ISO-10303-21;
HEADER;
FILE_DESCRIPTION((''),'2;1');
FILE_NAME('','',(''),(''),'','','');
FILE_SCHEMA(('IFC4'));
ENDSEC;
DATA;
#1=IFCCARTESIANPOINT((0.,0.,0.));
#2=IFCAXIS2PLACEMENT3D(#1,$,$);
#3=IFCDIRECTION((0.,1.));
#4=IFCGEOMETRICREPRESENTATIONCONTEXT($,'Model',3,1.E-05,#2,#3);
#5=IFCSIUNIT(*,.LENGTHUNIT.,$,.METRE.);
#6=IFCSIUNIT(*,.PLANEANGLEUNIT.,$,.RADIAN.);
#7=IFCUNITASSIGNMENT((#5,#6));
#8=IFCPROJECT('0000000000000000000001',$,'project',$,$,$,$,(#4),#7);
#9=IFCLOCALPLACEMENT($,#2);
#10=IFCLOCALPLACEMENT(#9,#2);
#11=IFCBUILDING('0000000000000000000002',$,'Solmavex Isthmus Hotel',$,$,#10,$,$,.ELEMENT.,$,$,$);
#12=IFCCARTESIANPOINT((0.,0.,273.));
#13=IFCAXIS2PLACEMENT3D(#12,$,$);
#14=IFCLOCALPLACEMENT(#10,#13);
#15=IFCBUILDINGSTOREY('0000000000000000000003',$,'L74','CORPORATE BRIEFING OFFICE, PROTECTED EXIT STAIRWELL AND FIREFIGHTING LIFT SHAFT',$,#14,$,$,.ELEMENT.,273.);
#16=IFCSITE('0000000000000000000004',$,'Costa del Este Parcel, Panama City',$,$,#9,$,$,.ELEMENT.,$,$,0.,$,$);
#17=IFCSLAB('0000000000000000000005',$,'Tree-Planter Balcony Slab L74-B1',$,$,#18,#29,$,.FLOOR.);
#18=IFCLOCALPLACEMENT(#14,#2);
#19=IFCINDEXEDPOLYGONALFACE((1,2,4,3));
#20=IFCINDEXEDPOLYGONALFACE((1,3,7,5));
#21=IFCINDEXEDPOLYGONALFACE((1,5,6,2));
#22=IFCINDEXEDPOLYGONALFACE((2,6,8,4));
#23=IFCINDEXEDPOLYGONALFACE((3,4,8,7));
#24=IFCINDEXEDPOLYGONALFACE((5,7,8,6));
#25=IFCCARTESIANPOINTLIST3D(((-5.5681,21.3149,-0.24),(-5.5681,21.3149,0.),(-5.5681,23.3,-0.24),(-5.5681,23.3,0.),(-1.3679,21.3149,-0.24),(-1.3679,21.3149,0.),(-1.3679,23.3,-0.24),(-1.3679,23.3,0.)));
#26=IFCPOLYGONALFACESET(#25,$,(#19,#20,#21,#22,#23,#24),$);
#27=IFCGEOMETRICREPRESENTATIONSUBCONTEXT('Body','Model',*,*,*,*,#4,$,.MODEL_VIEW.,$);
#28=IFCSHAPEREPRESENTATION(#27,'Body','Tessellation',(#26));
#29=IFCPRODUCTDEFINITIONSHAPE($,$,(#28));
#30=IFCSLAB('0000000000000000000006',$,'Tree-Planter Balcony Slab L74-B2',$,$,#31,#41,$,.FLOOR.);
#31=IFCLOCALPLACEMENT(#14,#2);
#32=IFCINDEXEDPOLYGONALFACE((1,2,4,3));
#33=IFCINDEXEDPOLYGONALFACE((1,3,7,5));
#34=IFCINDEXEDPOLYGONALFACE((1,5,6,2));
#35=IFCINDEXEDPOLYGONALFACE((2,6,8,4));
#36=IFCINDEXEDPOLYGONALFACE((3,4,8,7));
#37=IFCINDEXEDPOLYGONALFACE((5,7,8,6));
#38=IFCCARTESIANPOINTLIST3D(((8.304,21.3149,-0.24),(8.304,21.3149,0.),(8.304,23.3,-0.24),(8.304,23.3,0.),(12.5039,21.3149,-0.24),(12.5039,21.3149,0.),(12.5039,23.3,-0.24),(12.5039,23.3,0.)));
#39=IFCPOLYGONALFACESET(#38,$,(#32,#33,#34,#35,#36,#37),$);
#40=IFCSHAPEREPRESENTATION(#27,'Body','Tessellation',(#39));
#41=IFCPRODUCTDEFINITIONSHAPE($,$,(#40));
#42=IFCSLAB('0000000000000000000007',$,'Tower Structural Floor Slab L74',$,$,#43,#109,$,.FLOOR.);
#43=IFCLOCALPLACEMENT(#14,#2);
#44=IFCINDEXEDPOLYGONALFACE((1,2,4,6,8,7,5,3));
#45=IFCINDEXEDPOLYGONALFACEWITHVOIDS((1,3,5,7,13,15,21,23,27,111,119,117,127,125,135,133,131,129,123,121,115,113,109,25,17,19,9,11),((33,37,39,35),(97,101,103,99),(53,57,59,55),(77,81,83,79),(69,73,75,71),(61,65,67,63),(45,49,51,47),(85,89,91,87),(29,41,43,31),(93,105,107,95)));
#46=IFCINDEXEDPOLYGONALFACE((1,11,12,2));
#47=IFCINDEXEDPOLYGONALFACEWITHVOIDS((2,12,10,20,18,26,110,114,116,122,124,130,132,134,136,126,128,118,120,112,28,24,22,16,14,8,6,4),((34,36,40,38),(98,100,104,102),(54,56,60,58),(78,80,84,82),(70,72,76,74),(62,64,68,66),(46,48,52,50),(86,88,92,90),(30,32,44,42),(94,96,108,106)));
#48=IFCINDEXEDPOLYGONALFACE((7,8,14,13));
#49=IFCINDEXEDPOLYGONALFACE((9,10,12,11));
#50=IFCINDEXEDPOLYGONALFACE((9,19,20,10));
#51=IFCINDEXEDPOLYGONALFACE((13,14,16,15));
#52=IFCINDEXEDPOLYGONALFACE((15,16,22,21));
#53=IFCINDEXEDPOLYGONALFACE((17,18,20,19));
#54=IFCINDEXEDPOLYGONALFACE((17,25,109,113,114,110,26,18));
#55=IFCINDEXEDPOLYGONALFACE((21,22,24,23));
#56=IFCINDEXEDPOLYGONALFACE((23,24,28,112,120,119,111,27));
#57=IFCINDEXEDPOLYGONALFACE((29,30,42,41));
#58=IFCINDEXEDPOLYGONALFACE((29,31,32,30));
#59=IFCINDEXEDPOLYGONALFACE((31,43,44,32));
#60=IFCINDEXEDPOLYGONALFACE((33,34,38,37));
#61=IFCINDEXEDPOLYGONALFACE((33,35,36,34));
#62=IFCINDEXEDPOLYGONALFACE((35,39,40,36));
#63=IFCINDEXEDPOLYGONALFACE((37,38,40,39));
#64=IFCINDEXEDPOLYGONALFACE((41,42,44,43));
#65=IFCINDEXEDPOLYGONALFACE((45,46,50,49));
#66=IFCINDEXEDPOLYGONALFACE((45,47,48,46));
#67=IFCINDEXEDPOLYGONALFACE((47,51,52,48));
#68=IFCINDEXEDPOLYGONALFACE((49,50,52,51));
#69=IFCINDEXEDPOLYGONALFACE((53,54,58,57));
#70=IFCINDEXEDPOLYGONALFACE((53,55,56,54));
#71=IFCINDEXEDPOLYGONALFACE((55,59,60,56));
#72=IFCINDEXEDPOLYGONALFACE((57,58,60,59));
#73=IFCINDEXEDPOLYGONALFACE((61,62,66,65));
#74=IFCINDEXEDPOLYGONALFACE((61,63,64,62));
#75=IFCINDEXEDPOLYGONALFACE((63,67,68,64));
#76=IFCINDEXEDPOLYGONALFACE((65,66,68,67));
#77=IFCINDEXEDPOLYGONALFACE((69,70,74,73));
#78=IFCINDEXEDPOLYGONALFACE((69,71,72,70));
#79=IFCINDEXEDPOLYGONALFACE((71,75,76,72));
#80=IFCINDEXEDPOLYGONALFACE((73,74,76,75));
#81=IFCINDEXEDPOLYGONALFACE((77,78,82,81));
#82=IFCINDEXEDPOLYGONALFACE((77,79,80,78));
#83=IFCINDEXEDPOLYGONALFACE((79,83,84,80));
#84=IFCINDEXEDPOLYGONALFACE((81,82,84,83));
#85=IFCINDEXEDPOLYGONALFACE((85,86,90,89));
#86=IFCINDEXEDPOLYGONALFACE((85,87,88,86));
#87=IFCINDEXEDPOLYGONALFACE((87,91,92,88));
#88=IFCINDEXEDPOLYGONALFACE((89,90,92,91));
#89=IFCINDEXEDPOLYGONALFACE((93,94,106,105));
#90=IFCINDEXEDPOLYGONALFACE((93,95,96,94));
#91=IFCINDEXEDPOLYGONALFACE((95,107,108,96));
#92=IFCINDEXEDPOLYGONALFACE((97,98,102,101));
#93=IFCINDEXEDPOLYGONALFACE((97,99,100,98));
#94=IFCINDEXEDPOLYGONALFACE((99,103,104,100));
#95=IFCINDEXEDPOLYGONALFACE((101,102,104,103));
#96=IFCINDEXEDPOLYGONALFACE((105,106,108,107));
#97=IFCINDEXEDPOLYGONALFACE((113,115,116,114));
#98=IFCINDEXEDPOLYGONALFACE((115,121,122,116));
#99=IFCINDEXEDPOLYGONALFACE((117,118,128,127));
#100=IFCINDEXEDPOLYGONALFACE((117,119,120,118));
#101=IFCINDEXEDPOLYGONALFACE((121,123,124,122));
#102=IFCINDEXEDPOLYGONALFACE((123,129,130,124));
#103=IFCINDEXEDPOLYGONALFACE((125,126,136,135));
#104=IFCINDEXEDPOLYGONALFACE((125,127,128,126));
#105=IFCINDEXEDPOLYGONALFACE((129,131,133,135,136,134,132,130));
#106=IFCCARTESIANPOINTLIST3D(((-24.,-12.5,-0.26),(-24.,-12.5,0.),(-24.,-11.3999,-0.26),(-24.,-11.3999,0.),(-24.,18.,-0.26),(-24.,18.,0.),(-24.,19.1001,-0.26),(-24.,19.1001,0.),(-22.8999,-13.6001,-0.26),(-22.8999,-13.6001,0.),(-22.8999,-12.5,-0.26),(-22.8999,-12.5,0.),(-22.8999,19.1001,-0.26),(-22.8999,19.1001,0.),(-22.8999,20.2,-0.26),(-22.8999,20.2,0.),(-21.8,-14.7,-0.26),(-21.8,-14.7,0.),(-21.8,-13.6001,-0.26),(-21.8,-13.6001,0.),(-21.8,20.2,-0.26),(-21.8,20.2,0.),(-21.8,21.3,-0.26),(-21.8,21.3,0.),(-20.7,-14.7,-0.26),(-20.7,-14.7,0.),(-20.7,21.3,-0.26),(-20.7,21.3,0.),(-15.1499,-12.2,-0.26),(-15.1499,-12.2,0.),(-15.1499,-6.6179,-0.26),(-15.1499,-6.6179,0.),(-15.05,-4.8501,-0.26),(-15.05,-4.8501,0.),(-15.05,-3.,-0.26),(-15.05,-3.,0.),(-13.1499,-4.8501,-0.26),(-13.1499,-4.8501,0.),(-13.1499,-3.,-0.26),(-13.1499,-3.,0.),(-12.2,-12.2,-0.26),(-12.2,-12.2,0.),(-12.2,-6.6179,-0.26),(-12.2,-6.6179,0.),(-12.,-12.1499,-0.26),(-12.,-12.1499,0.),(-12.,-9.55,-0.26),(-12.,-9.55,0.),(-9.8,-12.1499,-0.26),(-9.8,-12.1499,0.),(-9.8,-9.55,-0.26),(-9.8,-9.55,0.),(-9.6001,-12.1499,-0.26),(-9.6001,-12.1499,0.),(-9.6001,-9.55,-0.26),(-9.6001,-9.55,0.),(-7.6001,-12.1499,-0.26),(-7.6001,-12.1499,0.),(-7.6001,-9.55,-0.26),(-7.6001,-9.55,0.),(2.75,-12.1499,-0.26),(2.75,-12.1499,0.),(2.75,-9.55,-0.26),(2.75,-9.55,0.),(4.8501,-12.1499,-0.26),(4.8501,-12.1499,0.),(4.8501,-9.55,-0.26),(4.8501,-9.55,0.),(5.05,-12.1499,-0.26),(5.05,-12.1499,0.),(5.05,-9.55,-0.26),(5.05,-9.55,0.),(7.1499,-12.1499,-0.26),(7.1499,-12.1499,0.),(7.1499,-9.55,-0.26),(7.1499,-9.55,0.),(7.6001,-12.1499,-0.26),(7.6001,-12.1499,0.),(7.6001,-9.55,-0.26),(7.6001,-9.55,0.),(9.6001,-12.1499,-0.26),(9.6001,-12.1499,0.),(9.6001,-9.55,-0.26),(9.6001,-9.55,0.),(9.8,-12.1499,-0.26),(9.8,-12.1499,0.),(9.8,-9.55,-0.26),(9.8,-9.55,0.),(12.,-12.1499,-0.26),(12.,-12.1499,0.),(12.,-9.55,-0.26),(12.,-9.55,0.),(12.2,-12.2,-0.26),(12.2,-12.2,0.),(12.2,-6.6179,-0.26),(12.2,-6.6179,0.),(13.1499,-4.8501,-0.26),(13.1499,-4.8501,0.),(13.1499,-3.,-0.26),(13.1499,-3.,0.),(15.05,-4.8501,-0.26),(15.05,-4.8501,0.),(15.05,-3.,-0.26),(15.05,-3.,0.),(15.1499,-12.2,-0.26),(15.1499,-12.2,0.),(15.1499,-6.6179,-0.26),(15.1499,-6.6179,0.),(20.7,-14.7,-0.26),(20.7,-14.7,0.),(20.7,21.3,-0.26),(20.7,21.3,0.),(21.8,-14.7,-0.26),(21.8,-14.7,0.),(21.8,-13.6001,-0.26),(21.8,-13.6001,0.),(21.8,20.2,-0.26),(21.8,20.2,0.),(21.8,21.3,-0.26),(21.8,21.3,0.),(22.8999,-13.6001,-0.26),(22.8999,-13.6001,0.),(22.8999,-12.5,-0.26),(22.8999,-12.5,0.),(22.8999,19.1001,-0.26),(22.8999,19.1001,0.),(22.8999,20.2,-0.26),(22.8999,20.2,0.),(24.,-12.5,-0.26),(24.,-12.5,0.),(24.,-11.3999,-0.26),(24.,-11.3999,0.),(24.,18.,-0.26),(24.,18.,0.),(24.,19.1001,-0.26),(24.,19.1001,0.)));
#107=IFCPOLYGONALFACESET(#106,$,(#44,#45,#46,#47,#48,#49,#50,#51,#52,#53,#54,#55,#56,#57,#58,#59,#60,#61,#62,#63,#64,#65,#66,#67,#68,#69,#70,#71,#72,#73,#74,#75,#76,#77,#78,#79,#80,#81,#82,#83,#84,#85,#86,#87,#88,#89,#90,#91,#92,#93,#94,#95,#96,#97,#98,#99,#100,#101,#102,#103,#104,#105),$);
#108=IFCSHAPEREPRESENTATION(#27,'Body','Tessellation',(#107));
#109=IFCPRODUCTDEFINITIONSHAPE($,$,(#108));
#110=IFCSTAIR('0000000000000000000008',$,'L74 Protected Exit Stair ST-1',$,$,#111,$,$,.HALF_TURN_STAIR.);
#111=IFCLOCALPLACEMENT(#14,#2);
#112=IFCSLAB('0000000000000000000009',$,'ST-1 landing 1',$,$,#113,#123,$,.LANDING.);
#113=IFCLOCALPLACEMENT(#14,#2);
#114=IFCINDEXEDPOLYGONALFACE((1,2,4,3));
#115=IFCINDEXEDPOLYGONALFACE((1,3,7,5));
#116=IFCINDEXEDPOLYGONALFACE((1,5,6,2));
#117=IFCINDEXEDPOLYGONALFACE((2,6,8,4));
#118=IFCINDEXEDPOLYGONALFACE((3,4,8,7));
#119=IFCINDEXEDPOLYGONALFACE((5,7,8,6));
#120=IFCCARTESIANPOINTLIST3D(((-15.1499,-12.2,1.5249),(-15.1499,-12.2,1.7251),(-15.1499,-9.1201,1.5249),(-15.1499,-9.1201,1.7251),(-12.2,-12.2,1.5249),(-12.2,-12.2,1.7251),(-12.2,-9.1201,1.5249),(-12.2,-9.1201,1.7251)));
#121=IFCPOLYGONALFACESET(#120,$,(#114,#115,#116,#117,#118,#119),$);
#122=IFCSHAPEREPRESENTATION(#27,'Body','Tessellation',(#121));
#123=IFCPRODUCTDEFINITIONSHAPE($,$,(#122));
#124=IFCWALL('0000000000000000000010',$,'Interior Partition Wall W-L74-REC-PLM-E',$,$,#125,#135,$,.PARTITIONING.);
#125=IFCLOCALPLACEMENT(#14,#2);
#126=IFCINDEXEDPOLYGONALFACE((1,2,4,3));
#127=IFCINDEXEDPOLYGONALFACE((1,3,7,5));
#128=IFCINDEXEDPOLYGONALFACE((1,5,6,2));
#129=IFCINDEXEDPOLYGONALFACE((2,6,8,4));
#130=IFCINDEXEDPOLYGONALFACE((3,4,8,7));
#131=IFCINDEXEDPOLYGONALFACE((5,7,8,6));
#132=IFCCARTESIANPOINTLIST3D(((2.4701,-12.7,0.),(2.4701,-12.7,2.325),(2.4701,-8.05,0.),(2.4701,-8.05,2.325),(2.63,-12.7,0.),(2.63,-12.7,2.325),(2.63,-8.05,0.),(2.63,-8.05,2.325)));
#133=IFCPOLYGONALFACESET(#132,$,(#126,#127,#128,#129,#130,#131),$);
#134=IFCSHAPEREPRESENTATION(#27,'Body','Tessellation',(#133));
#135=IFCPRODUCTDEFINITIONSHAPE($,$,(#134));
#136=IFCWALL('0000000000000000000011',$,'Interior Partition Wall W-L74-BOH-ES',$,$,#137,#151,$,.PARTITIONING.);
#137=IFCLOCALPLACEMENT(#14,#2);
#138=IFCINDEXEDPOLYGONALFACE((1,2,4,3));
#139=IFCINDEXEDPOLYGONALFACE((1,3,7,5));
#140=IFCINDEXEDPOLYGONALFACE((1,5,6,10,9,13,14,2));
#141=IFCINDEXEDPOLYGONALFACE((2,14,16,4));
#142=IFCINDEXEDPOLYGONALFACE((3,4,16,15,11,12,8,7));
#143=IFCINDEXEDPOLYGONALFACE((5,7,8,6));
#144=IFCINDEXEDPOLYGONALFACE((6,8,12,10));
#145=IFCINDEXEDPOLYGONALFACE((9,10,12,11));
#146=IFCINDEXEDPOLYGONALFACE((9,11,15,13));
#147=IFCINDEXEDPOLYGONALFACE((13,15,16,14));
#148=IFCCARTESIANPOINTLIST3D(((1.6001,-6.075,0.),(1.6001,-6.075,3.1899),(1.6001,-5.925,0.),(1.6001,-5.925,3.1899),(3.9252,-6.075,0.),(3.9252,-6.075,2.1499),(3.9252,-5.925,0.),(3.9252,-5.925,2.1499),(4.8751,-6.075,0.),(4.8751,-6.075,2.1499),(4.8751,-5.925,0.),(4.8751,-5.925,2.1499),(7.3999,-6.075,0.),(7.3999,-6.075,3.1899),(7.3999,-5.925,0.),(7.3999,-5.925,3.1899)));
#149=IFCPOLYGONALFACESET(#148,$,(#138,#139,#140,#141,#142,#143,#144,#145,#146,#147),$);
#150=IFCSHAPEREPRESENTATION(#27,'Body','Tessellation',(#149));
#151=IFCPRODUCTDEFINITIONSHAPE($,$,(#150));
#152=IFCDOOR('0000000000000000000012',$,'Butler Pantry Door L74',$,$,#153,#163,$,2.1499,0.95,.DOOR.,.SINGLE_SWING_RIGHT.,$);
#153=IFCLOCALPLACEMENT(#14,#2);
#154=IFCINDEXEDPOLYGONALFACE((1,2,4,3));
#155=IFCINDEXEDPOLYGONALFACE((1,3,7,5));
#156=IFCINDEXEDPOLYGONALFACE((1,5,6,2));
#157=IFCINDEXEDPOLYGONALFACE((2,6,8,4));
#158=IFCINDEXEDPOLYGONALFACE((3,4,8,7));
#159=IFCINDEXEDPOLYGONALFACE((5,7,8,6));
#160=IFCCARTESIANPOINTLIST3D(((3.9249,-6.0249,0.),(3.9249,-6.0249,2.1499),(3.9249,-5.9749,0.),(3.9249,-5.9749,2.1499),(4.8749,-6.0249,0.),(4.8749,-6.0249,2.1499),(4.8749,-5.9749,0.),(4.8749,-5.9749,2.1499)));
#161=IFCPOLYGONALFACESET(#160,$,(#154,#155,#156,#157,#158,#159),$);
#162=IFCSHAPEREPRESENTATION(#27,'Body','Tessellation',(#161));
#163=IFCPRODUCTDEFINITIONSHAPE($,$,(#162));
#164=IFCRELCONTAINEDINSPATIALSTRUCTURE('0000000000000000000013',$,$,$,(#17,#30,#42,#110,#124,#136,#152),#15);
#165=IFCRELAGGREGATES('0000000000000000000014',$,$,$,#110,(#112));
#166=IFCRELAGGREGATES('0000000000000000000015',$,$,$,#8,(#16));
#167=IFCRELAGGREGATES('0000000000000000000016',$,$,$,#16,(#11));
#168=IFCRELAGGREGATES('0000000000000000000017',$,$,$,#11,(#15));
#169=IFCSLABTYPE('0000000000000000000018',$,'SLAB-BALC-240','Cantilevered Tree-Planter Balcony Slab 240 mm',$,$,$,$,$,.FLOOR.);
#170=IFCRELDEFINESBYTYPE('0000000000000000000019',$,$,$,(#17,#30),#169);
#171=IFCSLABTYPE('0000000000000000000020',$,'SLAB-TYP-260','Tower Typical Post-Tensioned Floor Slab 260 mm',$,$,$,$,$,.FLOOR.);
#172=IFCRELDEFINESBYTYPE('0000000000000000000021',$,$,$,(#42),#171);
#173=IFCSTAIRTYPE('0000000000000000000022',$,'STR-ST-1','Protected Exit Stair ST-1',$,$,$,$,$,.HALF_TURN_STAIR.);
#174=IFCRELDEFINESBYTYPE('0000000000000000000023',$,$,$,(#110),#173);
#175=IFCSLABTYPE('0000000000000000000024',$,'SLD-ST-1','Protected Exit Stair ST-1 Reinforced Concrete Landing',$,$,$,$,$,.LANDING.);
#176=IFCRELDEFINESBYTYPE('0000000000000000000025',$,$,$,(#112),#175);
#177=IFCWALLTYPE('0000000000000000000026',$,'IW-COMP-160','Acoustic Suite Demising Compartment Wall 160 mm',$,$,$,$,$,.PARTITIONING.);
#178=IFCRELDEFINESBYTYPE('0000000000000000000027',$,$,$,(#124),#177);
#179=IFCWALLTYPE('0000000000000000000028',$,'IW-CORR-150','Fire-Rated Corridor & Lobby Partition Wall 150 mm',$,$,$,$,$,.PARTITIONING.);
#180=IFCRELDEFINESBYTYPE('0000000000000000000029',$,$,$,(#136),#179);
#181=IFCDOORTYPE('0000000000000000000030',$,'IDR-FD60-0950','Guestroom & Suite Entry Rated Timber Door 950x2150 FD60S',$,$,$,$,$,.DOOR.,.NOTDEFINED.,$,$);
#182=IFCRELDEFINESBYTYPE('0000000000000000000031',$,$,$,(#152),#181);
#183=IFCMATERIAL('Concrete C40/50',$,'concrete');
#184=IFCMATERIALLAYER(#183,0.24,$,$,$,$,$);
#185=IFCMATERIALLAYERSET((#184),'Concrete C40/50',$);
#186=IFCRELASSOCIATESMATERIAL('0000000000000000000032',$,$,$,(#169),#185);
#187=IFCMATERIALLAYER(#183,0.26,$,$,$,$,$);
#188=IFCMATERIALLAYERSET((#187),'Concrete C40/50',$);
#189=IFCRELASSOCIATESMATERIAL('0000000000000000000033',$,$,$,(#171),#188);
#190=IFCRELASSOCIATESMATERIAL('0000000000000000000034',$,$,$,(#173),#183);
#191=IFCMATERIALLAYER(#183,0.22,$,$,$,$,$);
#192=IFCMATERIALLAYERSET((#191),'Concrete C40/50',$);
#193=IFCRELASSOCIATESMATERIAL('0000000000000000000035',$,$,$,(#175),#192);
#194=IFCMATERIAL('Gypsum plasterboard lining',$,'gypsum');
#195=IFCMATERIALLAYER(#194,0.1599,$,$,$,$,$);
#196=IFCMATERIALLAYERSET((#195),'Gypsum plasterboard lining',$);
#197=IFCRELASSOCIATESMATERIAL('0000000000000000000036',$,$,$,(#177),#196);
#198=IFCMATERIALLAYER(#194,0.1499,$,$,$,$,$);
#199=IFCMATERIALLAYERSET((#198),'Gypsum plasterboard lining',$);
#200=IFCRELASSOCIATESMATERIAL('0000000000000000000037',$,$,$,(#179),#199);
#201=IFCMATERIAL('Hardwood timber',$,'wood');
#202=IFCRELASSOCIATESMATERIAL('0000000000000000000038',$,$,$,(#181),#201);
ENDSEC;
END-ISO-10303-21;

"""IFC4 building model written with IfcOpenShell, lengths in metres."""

from ifc_helpers import new_model, si_unit, direction, frame, frame_2d, origin, place, context, subcontext, project, spatial, polyline, rectangle, outline, extrude, material, layer, layer_set, type_object, element, fill, aggregate, save


model = new_model("IFC4")

# Units and contexts
model_context = context("Model", 3, precision=1e-05, world=origin(), true_north=direction((0.0, 1.0)))
body_context = subcontext(model_context, "Body", "Model", "MODEL_VIEW")
ifc_project = project(units=[si_unit("LENGTHUNIT", "METRE"), si_unit("PLANEANGLEUNIT", "RADIAN")], contexts=[model_context])

# Site, building, storey
site_placement = place(None, origin())
site = spatial("IfcSite", under=ifc_project, at=site_placement, Name="Costa del Este Parcel, Panama City", CompositionType="ELEMENT", RefElevation=0.0)
building_placement = place(site_placement, origin())
building = spatial("IfcBuilding", under=site, at=building_placement, Name="Solmavex Isthmus Hotel", CompositionType="ELEMENT")
storey_placement = place(building_placement, frame((0.0, 0.0, 273.0)))
storey = spatial("IfcBuildingStorey", under=building, at=storey_placement, Name="L74", Description="CORPORATE BRIEFING OFFICE, PROTECTED EXIT STAIRWELL AND FIREFIGHTING LIFT SHAFT", CompositionType="ELEMENT", Elevation=273.0)

# Slabs
ifc_material_1 = material(Name="Concrete C40/50", Category="concrete")
ifc_layer_1 = layer(ifc_material_1, 0.24)
ifc_layer_set_1 = layer_set([ifc_layer_1], Name="Concrete C40/50")
slab_type_1 = type_object("IfcSlabType", Name="SLAB-BALC-240", Description="Cantilevered Tree-Planter Balcony Slab 240 mm", PredefinedType="FLOOR", material=ifc_layer_set_1)
slab_1_placement = place(storey_placement, frame((0.0, 0.0, -0.24)))
element("IfcSlab", 1, at=slab_1_placement, inside=storey, type_object=slab_type_1, Name="Tree-Planter Balcony Slab L74-B1", PredefinedType="FLOOR", context=body_context, shape_type="SweptSolid", body=[
    extrude(outline(polyline([(-5.5681, 21.3149), (-1.3679, 21.3149), (-1.3679, 23.3), (-5.5681, 23.3), (-5.5681, 21.3149)])), origin(), (0.0, 0.0, 1.0), 0.24),
])
slab_2_placement = place(storey_placement, frame((0.0, 0.0, -0.24)))
element("IfcSlab", 2, at=slab_2_placement, inside=storey, type_object=slab_type_1, Name="Tree-Planter Balcony Slab L74-B2", PredefinedType="FLOOR", context=body_context, shape_type="SweptSolid", body=[
    extrude(outline(polyline([(8.304, 21.3149), (12.5039, 21.3149), (12.5039, 23.3), (8.304, 23.3), (8.304, 21.3149)])), origin(), (0.0, 0.0, 1.0), 0.24),
])
ifc_layer_2 = layer(ifc_material_1, 0.26)
ifc_layer_set_2 = layer_set([ifc_layer_2], Name="Concrete C40/50")
slab_type_2 = type_object("IfcSlabType", Name="SLAB-TYP-260", Description="Tower Typical Post-Tensioned Floor Slab 260 mm", PredefinedType="FLOOR", material=ifc_layer_set_2)
slab_3_placement = place(storey_placement, frame((0.0, 0.0, -0.26)))
element("IfcSlab", 3, at=slab_3_placement, inside=storey, type_object=slab_type_2, Name="Tower Structural Floor Slab L74", PredefinedType="FLOOR", context=body_context, shape_type="SweptSolid", body=[
    extrude(outline(polyline([(-20.7, -14.7), (20.7, -14.7), (21.8, -14.7), (21.8, -13.6001), (22.8999, -13.6001), (22.8999, -12.5), (24.0, -12.5), (24.0, -11.3999), (24.0, 18.0), (24.0, 19.1001), (22.8999, 19.1001), (22.8999, 20.2), (21.8, 20.2), (21.8, 21.3), (20.7, 21.3), (-20.7, 21.3), (-21.8, 21.3), (-21.8, 20.2), (-22.8999, 20.2), (-22.8999, 19.1001), (-24.0, 19.1001), (-24.0, 18.0), (-24.0, -11.3999), (-24.0, -12.5), (-22.8999, -12.5), (-22.8999, -13.6001), (-21.8, -13.6001), (-21.8, -14.7), (-20.7, -14.7)]), holes=[polyline([(-15.1499, -6.6179), (-15.1499, -12.2), (-12.2, -12.2), (-12.2, -6.6179), (-15.1499, -6.6179)]), polyline([(12.2, -6.6179), (12.2, -12.2), (15.1499, -12.2), (15.1499, -6.6179), (12.2, -6.6179)]), polyline([(-12.0, -12.1499), (-9.8, -12.1499), (-9.8, -9.55), (-12.0, -9.55), (-12.0, -12.1499)]), polyline([(9.8, -12.1499), (12.0, -12.1499), (12.0, -9.55), (9.8, -9.55), (9.8, -12.1499)]), polyline([(-9.6001, -12.1499), (-7.6001, -12.1499), (-7.6001, -9.55), (-9.6001, -9.55), (-9.6001, -12.1499)]), polyline([(7.6001, -12.1499), (9.6001, -12.1499), (9.6001, -9.55), (7.6001, -9.55), (7.6001, -12.1499)]), polyline([(2.75, -12.1499), (4.8501, -12.1499), (4.8501, -9.55), (2.75, -9.55), (2.75, -12.1499)]), polyline([(5.05, -12.1499), (7.1499, -12.1499), (7.1499, -9.55), (5.05, -9.55), (5.05, -12.1499)]), polyline([(-15.05, -4.8501), (-13.1499, -4.8501), (-13.1499, -3.0), (-15.05, -3.0), (-15.05, -4.8501)]), polyline([(13.1499, -4.8501), (15.05, -4.8501), (15.05, -3.0), (13.1499, -3.0), (13.1499, -4.8501)])]), origin(), (0.0, 0.0, 1.0), 0.26),
])

# Stair, slab
stair_type = type_object("IfcStairType", Name="STR-ST-1", Description="Protected Exit Stair ST-1", PredefinedType="HALF_TURN_STAIR", material=ifc_material_1)
stair_placement = place(storey_placement, origin())
stair = element("IfcStair", 4, at=stair_placement, inside=storey, type_object=stair_type, Name="L74 Protected Exit Stair ST-1", PredefinedType="HALF_TURN_STAIR")
ifc_layer_3 = layer(ifc_material_1, 0.22)
ifc_layer_set_3 = layer_set([ifc_layer_3], Name="Concrete C40/50")
slab_type_3 = type_object("IfcSlabType", Name="SLD-ST-1", Description="Protected Exit Stair ST-1 Reinforced Concrete Landing", PredefinedType="LANDING", material=ifc_layer_set_3)
slab_4_placement = place(storey_placement, frame((0.0, 0.0, 1.5249)))
slab_4 = element("IfcSlab", 5, at=slab_4_placement, type_object=slab_type_3, Name="ST-1 landing 1", PredefinedType="LANDING", context=body_context, shape_type="SweptSolid", body=[
    extrude(outline(polyline([(-15.1499, -9.1201), (-15.1499, -12.2), (-12.2, -12.2), (-12.2, -9.1201), (-15.1499, -9.1201)])), origin(), (0.0, 0.0, 1.0), 0.2002),
])
aggregate(stair, [slab_4])

# Wall
ifc_material_2 = material(Name="Gypsum plasterboard lining", Category="gypsum")
ifc_layer_4 = layer(ifc_material_2, 0.1599)
ifc_layer_set_4 = layer_set([ifc_layer_4], Name="Gypsum plasterboard lining")
wall_type_1 = type_object("IfcWallType", Name="IW-COMP-160", Description="Acoustic Suite Demising Compartment Wall 160 mm", PredefinedType="PARTITIONING", material=ifc_layer_set_4)
wall_1_placement = place(storey_placement, frame((2.55, -12.7, 0.0), z_axis=(0.0, 0.0, 1.0), x_axis=(0.0, 1.0, 0.0)))
element("IfcWall", 6, at=wall_1_placement, inside=storey, type_object=wall_type_1, Name="Interior Partition Wall W-L74-REC-PLM-E", PredefinedType="PARTITIONING", context=body_context, shape_type="SweptSolid", body=[
    extrude(rectangle(XDim=4.6499, YDim=0.1599, at=frame_2d((2.325, 0.0))), origin(), (0.0, 0.0, 1.0), 2.325),
])

# Wall, opening, door
ifc_layer_5 = layer(ifc_material_2, 0.1499)
ifc_layer_set_5 = layer_set([ifc_layer_5], Name="Gypsum plasterboard lining")
wall_type_2 = type_object("IfcWallType", Name="IW-CORR-150", Description="Fire-Rated Corridor & Lobby Partition Wall 150 mm", PredefinedType="PARTITIONING", material=ifc_layer_set_5)
wall_2_placement = place(storey_placement, frame((1.6001, -6.0, 0.0), z_axis=(0.0, 0.0, 1.0), x_axis=(1.0, 0.0, 0.0)))
wall_2 = element("IfcWall", 7, at=wall_2_placement, inside=storey, type_object=wall_type_2, Name="Interior Partition Wall W-L74-BOH-ES", PredefinedType="PARTITIONING", context=body_context, shape_type="SweptSolid", body=[
    extrude(rectangle(XDim=5.7998, YDim=0.1499, at=frame_2d((2.8999, 0.0))), origin(), (0.0, 0.0, 1.0), 3.1899),
])
opening_1_placement = place(wall_2_placement, frame((2.325, 0.0, 0.0)))
opening_1 = element("IfcOpeningElement", 8, at=opening_1_placement, cuts=wall_2, PredefinedType="OPENING", context=body_context, shape_type="SweptSolid", body=[
    extrude(rectangle(XDim=0.95, YDim=2.1499, at=frame_2d((0.4751, 1.075))), frame((0.0, 0.085, 0.0), z_axis=(0.0, -1.0, 0.0), x_axis=(1.0, 0.0, 0.0)), (0.0, 0.0, 1.0), 0.1699),
])
ifc_material_3 = material(Name="Hardwood timber", Category="wood")
door_type_1 = type_object("IfcDoorType", Name="IDR-FD60-0950", Description="Guestroom & Suite Entry Rated Timber Door 950x2150 FD60S", OperationType="NOTDEFINED", PredefinedType="DOOR", material=ifc_material_3)
door_1_placement = place(opening_1_placement, frame((0.95, 0.0, 0.0), z_axis=(0.0, 0.0, 1.0), x_axis=(-1.0, 0.0, 0.0)))
door_1 = element("IfcDoor", 9, at=door_1_placement, inside=storey, type_object=door_type_1, Name="Butler Pantry Door L74", OperationType="SINGLE_SWING_RIGHT", OverallHeight=2.1499, OverallWidth=0.95, PredefinedType="DOOR", context=body_context, shape_type="SweptSolid", body=[
    extrude(rectangle(XDim=0.95, YDim=2.1499, at=frame_2d((0.4751, 1.075))), frame((0.0, 0.0249, 0.0), z_axis=(0.0, -1.0, 0.0), x_axis=(1.0, 0.0, 0.0)), (0.0, 0.0, 1.0), 0.05),
])
fill(opening_1, door_1)

save(model, "model.ifc")
